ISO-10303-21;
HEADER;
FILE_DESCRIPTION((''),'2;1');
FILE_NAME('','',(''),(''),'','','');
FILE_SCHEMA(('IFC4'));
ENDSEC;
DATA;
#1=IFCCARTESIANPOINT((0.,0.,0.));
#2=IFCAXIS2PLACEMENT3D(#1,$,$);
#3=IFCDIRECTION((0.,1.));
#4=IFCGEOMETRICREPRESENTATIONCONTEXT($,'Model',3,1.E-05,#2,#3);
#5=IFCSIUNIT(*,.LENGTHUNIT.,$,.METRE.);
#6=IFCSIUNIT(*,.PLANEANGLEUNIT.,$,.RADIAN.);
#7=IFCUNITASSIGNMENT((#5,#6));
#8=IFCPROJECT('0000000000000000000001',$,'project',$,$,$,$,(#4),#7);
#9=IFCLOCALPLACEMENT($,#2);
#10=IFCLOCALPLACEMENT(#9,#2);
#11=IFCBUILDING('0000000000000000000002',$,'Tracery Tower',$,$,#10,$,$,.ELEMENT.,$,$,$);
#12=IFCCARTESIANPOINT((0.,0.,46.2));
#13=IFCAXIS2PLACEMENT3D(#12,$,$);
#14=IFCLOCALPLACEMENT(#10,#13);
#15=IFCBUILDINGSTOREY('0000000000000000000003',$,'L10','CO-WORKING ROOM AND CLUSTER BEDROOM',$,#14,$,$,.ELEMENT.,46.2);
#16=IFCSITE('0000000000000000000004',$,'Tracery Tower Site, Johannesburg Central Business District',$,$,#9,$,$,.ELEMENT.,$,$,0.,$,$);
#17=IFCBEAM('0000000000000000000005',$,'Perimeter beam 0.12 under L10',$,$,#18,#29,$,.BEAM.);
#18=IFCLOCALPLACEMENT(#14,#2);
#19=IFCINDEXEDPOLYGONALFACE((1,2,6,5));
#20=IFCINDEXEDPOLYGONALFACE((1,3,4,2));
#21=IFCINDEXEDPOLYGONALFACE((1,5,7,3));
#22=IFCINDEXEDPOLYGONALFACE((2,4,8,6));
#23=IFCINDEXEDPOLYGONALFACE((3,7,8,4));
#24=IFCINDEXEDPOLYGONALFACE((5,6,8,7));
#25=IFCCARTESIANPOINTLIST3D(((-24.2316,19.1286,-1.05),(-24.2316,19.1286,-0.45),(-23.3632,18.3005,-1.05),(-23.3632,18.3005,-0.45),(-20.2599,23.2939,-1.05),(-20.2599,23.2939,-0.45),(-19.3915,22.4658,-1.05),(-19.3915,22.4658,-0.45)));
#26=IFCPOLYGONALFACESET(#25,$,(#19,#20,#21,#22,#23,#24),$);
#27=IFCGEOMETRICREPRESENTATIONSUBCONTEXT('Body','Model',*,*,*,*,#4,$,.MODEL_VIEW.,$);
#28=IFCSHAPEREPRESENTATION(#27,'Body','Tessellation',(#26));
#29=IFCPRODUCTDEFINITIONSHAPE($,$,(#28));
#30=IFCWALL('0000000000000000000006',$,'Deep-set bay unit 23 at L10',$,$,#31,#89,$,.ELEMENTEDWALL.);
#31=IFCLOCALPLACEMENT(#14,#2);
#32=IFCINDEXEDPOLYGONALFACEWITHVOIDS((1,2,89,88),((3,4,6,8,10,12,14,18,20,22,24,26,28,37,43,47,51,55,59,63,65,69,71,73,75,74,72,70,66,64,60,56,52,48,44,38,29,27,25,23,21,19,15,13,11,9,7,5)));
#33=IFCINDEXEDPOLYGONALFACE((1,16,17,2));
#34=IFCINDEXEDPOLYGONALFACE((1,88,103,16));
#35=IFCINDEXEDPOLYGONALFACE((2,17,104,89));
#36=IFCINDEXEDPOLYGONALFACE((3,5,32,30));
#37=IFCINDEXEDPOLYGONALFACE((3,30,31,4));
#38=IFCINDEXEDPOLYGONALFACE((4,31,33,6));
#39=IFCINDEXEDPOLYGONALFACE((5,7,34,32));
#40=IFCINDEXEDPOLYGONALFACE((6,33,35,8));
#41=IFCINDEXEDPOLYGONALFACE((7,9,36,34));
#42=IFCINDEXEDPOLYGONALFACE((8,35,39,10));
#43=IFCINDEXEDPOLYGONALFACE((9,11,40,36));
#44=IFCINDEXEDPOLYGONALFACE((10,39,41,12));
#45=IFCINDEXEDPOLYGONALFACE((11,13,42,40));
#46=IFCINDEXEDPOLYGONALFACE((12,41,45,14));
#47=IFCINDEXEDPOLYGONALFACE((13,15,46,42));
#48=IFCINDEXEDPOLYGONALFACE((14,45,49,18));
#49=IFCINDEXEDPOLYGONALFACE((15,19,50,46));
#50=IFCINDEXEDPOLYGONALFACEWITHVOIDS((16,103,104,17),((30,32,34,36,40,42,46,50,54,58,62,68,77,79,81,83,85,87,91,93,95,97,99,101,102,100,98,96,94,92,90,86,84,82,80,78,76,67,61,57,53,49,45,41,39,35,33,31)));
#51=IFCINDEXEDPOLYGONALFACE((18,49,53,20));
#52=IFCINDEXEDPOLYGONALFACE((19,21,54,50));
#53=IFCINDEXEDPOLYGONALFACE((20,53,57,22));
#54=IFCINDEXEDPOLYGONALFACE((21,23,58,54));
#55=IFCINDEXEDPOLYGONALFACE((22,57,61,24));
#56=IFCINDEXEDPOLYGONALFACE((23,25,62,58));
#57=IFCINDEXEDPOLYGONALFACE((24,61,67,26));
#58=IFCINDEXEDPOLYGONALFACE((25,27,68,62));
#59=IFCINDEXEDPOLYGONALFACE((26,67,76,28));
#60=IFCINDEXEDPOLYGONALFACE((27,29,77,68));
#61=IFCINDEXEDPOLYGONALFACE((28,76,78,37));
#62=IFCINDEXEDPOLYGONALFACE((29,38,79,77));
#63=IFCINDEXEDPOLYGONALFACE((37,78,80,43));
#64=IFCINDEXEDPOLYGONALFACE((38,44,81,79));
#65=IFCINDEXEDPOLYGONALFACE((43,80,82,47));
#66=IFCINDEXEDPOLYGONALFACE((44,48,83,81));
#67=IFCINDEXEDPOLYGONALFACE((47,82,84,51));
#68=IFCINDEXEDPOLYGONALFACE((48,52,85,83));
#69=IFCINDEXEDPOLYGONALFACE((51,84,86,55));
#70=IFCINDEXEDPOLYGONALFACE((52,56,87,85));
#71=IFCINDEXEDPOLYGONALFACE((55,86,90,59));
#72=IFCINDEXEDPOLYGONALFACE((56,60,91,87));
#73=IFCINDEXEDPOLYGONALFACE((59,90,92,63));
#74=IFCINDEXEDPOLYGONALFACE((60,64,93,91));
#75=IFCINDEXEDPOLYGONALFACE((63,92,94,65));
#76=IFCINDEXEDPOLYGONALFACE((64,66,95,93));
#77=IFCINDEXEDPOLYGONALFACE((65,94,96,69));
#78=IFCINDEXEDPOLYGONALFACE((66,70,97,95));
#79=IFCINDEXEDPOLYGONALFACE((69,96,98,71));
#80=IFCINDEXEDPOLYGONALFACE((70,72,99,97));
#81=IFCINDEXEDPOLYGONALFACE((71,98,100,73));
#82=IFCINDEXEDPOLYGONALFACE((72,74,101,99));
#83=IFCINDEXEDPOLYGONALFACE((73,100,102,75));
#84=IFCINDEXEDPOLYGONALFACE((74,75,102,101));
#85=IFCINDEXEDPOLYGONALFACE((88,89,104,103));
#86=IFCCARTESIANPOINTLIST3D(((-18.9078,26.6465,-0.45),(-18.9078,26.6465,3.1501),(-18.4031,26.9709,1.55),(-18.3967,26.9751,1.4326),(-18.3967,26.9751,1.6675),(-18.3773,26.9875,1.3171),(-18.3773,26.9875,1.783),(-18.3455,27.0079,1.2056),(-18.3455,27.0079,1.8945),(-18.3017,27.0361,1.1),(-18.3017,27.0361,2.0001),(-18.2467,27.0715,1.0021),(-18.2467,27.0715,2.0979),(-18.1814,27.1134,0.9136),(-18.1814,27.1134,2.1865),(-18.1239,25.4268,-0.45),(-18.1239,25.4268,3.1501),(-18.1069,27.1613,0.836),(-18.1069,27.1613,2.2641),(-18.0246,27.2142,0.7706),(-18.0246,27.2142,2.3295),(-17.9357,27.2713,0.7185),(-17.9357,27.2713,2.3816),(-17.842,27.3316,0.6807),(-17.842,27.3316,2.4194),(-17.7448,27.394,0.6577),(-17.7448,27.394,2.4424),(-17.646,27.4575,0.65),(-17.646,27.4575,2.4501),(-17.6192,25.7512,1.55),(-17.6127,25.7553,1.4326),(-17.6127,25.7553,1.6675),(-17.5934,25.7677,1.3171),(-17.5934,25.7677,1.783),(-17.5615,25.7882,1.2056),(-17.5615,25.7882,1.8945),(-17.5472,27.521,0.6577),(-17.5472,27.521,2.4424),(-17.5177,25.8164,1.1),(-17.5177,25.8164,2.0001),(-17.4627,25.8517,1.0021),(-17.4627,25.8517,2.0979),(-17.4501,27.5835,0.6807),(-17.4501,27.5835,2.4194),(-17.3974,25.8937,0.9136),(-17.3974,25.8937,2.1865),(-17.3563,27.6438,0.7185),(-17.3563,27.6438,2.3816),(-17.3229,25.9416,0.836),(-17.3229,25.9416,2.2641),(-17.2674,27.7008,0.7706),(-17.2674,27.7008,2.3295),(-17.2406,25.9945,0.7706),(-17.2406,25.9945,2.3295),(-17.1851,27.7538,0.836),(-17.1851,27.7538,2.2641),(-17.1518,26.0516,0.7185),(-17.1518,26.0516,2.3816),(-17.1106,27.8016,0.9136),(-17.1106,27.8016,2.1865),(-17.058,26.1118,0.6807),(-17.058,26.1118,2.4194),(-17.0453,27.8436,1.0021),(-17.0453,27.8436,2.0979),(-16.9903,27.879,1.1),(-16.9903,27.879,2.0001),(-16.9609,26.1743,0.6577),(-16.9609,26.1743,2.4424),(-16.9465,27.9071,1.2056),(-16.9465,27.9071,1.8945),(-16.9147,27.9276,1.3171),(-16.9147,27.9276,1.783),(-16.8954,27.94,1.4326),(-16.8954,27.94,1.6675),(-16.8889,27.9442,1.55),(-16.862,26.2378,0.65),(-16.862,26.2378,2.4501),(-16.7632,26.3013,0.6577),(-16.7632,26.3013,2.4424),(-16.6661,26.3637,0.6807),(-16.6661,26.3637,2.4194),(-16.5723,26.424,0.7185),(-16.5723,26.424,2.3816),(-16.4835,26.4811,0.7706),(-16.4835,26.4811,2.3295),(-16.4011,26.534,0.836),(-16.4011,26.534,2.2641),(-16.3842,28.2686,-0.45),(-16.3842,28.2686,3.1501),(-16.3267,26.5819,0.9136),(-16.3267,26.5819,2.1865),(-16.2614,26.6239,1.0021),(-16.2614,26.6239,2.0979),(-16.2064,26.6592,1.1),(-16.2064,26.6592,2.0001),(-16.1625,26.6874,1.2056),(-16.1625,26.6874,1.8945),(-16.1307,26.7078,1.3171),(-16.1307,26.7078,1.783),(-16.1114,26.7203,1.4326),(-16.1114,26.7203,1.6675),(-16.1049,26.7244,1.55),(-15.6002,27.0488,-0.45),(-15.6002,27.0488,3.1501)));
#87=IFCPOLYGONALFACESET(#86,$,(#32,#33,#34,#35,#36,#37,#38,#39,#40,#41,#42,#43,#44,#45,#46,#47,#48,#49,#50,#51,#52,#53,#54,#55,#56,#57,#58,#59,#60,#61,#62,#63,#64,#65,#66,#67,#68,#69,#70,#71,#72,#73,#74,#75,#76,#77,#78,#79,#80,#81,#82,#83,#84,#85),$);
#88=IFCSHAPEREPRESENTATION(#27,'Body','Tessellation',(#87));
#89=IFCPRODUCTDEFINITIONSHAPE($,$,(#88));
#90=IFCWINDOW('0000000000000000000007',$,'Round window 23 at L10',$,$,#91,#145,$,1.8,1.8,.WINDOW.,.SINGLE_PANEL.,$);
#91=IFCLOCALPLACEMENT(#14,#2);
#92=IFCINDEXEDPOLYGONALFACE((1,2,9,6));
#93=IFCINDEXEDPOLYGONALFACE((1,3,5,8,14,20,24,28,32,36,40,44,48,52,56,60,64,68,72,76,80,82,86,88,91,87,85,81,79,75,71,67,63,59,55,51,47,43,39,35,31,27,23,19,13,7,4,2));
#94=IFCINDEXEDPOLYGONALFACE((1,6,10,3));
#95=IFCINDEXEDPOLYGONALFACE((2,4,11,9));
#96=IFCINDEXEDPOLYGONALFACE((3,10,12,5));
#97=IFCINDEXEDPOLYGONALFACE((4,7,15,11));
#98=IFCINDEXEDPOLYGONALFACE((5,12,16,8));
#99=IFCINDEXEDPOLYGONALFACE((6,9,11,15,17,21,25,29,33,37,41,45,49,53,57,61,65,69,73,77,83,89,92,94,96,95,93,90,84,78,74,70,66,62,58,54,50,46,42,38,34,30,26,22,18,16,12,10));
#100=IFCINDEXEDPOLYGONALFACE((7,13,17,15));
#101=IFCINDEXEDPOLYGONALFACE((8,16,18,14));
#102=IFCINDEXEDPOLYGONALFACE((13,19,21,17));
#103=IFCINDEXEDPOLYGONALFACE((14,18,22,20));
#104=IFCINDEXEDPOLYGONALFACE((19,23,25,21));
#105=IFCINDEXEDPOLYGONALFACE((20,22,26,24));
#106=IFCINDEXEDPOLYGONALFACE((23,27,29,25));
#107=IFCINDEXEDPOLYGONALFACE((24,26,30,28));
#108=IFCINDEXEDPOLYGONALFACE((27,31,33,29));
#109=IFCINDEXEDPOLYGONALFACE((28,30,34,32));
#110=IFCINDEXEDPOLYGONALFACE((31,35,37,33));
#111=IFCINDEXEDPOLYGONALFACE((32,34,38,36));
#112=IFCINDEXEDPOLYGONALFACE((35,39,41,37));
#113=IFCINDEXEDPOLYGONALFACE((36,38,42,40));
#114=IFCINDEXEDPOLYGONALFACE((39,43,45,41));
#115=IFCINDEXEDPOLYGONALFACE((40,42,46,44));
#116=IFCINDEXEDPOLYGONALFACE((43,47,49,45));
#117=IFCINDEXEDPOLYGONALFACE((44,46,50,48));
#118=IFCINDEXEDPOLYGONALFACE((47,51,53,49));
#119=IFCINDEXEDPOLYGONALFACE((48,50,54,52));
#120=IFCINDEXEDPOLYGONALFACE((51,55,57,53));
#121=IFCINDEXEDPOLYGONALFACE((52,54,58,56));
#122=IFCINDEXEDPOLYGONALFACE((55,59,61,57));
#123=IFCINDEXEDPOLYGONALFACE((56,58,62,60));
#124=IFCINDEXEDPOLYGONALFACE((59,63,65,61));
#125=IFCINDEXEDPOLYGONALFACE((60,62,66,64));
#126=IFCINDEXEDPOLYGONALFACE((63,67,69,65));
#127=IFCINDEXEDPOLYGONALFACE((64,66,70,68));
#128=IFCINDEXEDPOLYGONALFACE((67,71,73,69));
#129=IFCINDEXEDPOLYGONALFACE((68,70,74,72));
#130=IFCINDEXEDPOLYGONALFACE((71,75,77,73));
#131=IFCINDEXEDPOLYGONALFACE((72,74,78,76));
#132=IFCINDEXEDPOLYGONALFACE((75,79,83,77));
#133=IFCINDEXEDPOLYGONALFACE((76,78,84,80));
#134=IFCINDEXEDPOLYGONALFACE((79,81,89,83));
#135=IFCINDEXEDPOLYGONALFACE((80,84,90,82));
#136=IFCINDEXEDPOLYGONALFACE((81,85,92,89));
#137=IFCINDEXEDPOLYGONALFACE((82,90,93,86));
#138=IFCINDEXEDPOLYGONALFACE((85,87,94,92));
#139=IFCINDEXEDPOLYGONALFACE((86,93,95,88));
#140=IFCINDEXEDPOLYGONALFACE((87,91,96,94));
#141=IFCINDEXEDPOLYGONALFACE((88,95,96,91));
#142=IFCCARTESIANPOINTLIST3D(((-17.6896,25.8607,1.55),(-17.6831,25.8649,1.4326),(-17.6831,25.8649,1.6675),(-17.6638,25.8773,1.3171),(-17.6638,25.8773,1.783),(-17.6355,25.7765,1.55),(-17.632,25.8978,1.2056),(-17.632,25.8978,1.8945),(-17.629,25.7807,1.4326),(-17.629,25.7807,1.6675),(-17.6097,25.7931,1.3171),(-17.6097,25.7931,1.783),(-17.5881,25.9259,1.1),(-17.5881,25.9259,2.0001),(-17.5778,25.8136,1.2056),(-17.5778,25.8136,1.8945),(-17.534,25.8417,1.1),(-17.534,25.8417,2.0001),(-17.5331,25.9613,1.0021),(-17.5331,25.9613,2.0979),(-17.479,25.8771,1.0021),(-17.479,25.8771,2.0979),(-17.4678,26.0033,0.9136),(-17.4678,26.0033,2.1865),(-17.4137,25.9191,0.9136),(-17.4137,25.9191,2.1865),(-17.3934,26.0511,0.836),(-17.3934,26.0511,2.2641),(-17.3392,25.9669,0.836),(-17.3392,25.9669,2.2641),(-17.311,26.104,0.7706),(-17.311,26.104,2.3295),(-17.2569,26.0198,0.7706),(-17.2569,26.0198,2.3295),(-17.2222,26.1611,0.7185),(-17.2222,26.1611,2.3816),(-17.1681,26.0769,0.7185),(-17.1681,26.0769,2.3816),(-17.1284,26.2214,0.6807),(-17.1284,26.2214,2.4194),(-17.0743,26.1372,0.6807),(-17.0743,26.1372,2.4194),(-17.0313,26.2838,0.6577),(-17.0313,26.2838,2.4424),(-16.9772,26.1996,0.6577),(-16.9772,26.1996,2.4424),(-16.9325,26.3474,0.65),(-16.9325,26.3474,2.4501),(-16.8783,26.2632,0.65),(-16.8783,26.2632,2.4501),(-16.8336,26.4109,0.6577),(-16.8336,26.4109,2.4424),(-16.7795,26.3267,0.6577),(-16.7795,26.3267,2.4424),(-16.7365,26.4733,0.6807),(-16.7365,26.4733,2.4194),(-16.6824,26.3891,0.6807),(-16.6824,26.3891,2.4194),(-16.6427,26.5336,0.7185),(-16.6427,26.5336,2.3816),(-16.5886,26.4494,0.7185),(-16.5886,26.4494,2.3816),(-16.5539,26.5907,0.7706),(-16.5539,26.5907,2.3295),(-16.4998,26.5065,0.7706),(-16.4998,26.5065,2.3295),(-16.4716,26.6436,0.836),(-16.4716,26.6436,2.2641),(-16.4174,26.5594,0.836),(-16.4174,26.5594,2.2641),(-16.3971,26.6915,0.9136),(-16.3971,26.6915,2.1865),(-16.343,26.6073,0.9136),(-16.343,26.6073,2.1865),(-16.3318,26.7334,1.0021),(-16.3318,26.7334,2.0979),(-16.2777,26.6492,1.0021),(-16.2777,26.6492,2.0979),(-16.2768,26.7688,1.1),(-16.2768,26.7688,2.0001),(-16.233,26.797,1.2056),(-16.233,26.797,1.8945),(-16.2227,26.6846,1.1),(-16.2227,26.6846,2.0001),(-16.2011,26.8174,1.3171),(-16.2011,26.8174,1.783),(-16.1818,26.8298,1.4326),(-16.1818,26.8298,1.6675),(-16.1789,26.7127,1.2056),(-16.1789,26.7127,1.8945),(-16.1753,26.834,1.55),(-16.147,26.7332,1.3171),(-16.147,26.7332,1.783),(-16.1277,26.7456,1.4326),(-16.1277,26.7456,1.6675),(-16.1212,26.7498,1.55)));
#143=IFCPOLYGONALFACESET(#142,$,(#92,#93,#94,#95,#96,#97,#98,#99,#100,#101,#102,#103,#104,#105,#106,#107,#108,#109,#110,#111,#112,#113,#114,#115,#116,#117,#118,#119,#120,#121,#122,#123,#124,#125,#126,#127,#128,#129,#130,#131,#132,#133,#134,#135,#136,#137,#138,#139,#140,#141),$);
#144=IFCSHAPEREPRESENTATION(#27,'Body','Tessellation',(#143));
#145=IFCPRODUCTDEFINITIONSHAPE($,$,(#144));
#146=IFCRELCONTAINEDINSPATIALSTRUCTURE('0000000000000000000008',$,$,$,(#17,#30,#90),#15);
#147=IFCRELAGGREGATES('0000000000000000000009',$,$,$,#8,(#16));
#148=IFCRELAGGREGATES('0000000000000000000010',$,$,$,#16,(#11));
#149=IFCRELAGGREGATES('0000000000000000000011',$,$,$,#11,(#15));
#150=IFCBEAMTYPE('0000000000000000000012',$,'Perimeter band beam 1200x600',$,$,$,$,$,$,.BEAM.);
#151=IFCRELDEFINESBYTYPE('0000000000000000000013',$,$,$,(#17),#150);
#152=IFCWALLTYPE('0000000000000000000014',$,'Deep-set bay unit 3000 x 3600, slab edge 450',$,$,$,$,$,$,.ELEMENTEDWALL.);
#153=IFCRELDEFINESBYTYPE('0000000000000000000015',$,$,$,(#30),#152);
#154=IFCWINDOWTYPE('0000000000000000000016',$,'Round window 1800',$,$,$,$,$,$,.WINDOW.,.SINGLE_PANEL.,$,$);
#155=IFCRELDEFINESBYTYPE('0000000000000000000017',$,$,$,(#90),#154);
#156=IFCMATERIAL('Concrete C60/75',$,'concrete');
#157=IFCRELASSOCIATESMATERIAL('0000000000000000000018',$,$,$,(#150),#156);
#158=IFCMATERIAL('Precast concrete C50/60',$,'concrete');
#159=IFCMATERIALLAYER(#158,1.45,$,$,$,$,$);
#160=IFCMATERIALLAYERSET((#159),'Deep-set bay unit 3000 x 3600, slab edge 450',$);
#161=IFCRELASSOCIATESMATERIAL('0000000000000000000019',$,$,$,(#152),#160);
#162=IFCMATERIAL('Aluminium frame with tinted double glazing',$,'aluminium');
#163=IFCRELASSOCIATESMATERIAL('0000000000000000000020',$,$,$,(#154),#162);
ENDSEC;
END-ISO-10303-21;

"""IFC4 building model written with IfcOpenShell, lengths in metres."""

from ifc_helpers import new_model, si_unit, direction, frame, frame_2d, origin, origin_2d, place, context, subcontext, project, spatial, rectangle, circle, extrude, material, layer, layer_set, material_profile, profile_set, type_object, element, fill, save


model = new_model("IFC4")

# Units and contexts
model_context = context("Model", 3, precision=1e-05, world=origin(), true_north=direction((0.0, 1.0)))
body_context = subcontext(model_context, "Body", "Model", "MODEL_VIEW")
ifc_project = project(units=[si_unit("LENGTHUNIT", "METRE"), si_unit("PLANEANGLEUNIT", "RADIAN")], contexts=[model_context])

# Site, building, storey
site_placement = place(None, origin())
site = spatial("IfcSite", under=ifc_project, at=site_placement, Name="Tracery Tower Site, Johannesburg Central Business District", CompositionType="ELEMENT", RefElevation=0.0)
building_placement = place(site_placement, origin())
building = spatial("IfcBuilding", under=site, at=building_placement, Name="Tracery Tower", CompositionType="ELEMENT")
storey_placement = place(building_placement, frame((0.0, 0.0, 46.2)))
storey = spatial("IfcBuildingStorey", under=building, at=storey_placement, Name="L10", Description="CO-WORKING ROOM AND CLUSTER BEDROOM", CompositionType="ELEMENT", Elevation=46.2)

# Beam
ifc_material_1 = material(Name="Concrete C60/75", Category="concrete")
ifc_material_profile_1 = material_profile(ifc_material_1, rectangle(XDim=1.2, YDim=0.6001, at=origin_2d()), Name="RC 1200x600")
ifc_profile_set_1 = profile_set([ifc_material_profile_1], Name="Concrete C60/75")
beam_type_1 = type_object("IfcBeamType", Name="Perimeter band beam 1200x600", PredefinedType="BEAM", material=ifc_profile_set_1)
beam_1_placement = place(storey_placement, frame((-19.8257, 22.8799, -0.75), z_axis=(-0.690087, -0.723726, 0.0), x_axis=(0.723726, -0.690087, 0.0)))
element("IfcBeam", 1, at=beam_1_placement, inside=storey, type_object=beam_type_1, Name="Perimeter beam 0.12 under L10", PredefinedType="BEAM", context=body_context, shape_type="SweptSolid", body=[
    extrude(rectangle(XDim=1.2, YDim=0.6001, at=origin_2d()), origin(), (0.0, 0.0, 1.0), 5.7554),
])

# Wall, opening, window
ifc_material_2 = material(Name="Precast concrete C50/60", Category="concrete")
ifc_layer_1 = layer(ifc_material_2, 1.45)
ifc_layer_set_1 = layer_set([ifc_layer_1], Name="Deep-set bay unit 3000 x 3600, slab edge 450")
wall_type_1 = type_object("IfcWallType", Name="Deep-set bay unit 3000 x 3600, slab edge 450", PredefinedType="ELEMENTEDWALL", material=ifc_layer_set_1)
wall_1_placement = place(storey_placement, frame((-15.9922, 27.6587, -0.45), z_axis=(0.0, 0.0, 1.0), x_axis=(-0.841223, -0.540688, 0.0)))
wall_1 = element("IfcWall", 2, at=wall_1_placement, inside=storey, type_object=wall_type_1, Name="Deep-set bay unit 23 at L10", PredefinedType="ELEMENTEDWALL", context=body_context, shape_type="SweptSolid", body=[
    extrude(rectangle(XDim=3.0, YDim=1.45, at=frame_2d((1.5, 0.0))), origin(), (0.0, 0.0, 1.0), 3.6001),
])
opening_1_placement = place(wall_1_placement, frame((1.5, 0.0, 2.0)))
opening_1 = element("IfcOpeningElement", 3, at=opening_1_placement, cuts=wall_1, PredefinedType="OPENING", context=body_context, shape_type="SweptSolid", body=[
    extrude(circle(Radius=0.9, at=origin_2d()), frame((0.0, 0.7349, 0.0), z_axis=(0.0, -1.0, 0.0), x_axis=(1.0, 0.0, 0.0)), (0.0, 0.0, 1.0), 1.47),
])
ifc_material_3 = material(Name="Aluminium frame with tinted double glazing", Category="aluminium")
window_type = type_object("IfcWindowType", Name="Round window 1800", PartitioningType="SINGLE_PANEL", PredefinedType="WINDOW", material=ifc_material_3)
window_1_placement = place(opening_1_placement, origin())
window_1 = element("IfcWindow", 4, at=window_1_placement, inside=storey, type_object=window_type, Name="Round window 23 at L10", OverallHeight=1.8, OverallWidth=1.8, PartitioningType="SINGLE_PANEL", PredefinedType="WINDOW", context=body_context, shape_type="SweptSolid", body=[
    extrude(circle(Radius=0.9, at=origin_2d()), frame((0.0, 0.6948, 0.0), z_axis=(0.0, -1.0, 0.0), x_axis=(1.0, 0.0, 0.0)), (0.0, 0.0, 1.0), 0.1001),
])
fill(opening_1, window_1)

save(model, "model.ifc")
